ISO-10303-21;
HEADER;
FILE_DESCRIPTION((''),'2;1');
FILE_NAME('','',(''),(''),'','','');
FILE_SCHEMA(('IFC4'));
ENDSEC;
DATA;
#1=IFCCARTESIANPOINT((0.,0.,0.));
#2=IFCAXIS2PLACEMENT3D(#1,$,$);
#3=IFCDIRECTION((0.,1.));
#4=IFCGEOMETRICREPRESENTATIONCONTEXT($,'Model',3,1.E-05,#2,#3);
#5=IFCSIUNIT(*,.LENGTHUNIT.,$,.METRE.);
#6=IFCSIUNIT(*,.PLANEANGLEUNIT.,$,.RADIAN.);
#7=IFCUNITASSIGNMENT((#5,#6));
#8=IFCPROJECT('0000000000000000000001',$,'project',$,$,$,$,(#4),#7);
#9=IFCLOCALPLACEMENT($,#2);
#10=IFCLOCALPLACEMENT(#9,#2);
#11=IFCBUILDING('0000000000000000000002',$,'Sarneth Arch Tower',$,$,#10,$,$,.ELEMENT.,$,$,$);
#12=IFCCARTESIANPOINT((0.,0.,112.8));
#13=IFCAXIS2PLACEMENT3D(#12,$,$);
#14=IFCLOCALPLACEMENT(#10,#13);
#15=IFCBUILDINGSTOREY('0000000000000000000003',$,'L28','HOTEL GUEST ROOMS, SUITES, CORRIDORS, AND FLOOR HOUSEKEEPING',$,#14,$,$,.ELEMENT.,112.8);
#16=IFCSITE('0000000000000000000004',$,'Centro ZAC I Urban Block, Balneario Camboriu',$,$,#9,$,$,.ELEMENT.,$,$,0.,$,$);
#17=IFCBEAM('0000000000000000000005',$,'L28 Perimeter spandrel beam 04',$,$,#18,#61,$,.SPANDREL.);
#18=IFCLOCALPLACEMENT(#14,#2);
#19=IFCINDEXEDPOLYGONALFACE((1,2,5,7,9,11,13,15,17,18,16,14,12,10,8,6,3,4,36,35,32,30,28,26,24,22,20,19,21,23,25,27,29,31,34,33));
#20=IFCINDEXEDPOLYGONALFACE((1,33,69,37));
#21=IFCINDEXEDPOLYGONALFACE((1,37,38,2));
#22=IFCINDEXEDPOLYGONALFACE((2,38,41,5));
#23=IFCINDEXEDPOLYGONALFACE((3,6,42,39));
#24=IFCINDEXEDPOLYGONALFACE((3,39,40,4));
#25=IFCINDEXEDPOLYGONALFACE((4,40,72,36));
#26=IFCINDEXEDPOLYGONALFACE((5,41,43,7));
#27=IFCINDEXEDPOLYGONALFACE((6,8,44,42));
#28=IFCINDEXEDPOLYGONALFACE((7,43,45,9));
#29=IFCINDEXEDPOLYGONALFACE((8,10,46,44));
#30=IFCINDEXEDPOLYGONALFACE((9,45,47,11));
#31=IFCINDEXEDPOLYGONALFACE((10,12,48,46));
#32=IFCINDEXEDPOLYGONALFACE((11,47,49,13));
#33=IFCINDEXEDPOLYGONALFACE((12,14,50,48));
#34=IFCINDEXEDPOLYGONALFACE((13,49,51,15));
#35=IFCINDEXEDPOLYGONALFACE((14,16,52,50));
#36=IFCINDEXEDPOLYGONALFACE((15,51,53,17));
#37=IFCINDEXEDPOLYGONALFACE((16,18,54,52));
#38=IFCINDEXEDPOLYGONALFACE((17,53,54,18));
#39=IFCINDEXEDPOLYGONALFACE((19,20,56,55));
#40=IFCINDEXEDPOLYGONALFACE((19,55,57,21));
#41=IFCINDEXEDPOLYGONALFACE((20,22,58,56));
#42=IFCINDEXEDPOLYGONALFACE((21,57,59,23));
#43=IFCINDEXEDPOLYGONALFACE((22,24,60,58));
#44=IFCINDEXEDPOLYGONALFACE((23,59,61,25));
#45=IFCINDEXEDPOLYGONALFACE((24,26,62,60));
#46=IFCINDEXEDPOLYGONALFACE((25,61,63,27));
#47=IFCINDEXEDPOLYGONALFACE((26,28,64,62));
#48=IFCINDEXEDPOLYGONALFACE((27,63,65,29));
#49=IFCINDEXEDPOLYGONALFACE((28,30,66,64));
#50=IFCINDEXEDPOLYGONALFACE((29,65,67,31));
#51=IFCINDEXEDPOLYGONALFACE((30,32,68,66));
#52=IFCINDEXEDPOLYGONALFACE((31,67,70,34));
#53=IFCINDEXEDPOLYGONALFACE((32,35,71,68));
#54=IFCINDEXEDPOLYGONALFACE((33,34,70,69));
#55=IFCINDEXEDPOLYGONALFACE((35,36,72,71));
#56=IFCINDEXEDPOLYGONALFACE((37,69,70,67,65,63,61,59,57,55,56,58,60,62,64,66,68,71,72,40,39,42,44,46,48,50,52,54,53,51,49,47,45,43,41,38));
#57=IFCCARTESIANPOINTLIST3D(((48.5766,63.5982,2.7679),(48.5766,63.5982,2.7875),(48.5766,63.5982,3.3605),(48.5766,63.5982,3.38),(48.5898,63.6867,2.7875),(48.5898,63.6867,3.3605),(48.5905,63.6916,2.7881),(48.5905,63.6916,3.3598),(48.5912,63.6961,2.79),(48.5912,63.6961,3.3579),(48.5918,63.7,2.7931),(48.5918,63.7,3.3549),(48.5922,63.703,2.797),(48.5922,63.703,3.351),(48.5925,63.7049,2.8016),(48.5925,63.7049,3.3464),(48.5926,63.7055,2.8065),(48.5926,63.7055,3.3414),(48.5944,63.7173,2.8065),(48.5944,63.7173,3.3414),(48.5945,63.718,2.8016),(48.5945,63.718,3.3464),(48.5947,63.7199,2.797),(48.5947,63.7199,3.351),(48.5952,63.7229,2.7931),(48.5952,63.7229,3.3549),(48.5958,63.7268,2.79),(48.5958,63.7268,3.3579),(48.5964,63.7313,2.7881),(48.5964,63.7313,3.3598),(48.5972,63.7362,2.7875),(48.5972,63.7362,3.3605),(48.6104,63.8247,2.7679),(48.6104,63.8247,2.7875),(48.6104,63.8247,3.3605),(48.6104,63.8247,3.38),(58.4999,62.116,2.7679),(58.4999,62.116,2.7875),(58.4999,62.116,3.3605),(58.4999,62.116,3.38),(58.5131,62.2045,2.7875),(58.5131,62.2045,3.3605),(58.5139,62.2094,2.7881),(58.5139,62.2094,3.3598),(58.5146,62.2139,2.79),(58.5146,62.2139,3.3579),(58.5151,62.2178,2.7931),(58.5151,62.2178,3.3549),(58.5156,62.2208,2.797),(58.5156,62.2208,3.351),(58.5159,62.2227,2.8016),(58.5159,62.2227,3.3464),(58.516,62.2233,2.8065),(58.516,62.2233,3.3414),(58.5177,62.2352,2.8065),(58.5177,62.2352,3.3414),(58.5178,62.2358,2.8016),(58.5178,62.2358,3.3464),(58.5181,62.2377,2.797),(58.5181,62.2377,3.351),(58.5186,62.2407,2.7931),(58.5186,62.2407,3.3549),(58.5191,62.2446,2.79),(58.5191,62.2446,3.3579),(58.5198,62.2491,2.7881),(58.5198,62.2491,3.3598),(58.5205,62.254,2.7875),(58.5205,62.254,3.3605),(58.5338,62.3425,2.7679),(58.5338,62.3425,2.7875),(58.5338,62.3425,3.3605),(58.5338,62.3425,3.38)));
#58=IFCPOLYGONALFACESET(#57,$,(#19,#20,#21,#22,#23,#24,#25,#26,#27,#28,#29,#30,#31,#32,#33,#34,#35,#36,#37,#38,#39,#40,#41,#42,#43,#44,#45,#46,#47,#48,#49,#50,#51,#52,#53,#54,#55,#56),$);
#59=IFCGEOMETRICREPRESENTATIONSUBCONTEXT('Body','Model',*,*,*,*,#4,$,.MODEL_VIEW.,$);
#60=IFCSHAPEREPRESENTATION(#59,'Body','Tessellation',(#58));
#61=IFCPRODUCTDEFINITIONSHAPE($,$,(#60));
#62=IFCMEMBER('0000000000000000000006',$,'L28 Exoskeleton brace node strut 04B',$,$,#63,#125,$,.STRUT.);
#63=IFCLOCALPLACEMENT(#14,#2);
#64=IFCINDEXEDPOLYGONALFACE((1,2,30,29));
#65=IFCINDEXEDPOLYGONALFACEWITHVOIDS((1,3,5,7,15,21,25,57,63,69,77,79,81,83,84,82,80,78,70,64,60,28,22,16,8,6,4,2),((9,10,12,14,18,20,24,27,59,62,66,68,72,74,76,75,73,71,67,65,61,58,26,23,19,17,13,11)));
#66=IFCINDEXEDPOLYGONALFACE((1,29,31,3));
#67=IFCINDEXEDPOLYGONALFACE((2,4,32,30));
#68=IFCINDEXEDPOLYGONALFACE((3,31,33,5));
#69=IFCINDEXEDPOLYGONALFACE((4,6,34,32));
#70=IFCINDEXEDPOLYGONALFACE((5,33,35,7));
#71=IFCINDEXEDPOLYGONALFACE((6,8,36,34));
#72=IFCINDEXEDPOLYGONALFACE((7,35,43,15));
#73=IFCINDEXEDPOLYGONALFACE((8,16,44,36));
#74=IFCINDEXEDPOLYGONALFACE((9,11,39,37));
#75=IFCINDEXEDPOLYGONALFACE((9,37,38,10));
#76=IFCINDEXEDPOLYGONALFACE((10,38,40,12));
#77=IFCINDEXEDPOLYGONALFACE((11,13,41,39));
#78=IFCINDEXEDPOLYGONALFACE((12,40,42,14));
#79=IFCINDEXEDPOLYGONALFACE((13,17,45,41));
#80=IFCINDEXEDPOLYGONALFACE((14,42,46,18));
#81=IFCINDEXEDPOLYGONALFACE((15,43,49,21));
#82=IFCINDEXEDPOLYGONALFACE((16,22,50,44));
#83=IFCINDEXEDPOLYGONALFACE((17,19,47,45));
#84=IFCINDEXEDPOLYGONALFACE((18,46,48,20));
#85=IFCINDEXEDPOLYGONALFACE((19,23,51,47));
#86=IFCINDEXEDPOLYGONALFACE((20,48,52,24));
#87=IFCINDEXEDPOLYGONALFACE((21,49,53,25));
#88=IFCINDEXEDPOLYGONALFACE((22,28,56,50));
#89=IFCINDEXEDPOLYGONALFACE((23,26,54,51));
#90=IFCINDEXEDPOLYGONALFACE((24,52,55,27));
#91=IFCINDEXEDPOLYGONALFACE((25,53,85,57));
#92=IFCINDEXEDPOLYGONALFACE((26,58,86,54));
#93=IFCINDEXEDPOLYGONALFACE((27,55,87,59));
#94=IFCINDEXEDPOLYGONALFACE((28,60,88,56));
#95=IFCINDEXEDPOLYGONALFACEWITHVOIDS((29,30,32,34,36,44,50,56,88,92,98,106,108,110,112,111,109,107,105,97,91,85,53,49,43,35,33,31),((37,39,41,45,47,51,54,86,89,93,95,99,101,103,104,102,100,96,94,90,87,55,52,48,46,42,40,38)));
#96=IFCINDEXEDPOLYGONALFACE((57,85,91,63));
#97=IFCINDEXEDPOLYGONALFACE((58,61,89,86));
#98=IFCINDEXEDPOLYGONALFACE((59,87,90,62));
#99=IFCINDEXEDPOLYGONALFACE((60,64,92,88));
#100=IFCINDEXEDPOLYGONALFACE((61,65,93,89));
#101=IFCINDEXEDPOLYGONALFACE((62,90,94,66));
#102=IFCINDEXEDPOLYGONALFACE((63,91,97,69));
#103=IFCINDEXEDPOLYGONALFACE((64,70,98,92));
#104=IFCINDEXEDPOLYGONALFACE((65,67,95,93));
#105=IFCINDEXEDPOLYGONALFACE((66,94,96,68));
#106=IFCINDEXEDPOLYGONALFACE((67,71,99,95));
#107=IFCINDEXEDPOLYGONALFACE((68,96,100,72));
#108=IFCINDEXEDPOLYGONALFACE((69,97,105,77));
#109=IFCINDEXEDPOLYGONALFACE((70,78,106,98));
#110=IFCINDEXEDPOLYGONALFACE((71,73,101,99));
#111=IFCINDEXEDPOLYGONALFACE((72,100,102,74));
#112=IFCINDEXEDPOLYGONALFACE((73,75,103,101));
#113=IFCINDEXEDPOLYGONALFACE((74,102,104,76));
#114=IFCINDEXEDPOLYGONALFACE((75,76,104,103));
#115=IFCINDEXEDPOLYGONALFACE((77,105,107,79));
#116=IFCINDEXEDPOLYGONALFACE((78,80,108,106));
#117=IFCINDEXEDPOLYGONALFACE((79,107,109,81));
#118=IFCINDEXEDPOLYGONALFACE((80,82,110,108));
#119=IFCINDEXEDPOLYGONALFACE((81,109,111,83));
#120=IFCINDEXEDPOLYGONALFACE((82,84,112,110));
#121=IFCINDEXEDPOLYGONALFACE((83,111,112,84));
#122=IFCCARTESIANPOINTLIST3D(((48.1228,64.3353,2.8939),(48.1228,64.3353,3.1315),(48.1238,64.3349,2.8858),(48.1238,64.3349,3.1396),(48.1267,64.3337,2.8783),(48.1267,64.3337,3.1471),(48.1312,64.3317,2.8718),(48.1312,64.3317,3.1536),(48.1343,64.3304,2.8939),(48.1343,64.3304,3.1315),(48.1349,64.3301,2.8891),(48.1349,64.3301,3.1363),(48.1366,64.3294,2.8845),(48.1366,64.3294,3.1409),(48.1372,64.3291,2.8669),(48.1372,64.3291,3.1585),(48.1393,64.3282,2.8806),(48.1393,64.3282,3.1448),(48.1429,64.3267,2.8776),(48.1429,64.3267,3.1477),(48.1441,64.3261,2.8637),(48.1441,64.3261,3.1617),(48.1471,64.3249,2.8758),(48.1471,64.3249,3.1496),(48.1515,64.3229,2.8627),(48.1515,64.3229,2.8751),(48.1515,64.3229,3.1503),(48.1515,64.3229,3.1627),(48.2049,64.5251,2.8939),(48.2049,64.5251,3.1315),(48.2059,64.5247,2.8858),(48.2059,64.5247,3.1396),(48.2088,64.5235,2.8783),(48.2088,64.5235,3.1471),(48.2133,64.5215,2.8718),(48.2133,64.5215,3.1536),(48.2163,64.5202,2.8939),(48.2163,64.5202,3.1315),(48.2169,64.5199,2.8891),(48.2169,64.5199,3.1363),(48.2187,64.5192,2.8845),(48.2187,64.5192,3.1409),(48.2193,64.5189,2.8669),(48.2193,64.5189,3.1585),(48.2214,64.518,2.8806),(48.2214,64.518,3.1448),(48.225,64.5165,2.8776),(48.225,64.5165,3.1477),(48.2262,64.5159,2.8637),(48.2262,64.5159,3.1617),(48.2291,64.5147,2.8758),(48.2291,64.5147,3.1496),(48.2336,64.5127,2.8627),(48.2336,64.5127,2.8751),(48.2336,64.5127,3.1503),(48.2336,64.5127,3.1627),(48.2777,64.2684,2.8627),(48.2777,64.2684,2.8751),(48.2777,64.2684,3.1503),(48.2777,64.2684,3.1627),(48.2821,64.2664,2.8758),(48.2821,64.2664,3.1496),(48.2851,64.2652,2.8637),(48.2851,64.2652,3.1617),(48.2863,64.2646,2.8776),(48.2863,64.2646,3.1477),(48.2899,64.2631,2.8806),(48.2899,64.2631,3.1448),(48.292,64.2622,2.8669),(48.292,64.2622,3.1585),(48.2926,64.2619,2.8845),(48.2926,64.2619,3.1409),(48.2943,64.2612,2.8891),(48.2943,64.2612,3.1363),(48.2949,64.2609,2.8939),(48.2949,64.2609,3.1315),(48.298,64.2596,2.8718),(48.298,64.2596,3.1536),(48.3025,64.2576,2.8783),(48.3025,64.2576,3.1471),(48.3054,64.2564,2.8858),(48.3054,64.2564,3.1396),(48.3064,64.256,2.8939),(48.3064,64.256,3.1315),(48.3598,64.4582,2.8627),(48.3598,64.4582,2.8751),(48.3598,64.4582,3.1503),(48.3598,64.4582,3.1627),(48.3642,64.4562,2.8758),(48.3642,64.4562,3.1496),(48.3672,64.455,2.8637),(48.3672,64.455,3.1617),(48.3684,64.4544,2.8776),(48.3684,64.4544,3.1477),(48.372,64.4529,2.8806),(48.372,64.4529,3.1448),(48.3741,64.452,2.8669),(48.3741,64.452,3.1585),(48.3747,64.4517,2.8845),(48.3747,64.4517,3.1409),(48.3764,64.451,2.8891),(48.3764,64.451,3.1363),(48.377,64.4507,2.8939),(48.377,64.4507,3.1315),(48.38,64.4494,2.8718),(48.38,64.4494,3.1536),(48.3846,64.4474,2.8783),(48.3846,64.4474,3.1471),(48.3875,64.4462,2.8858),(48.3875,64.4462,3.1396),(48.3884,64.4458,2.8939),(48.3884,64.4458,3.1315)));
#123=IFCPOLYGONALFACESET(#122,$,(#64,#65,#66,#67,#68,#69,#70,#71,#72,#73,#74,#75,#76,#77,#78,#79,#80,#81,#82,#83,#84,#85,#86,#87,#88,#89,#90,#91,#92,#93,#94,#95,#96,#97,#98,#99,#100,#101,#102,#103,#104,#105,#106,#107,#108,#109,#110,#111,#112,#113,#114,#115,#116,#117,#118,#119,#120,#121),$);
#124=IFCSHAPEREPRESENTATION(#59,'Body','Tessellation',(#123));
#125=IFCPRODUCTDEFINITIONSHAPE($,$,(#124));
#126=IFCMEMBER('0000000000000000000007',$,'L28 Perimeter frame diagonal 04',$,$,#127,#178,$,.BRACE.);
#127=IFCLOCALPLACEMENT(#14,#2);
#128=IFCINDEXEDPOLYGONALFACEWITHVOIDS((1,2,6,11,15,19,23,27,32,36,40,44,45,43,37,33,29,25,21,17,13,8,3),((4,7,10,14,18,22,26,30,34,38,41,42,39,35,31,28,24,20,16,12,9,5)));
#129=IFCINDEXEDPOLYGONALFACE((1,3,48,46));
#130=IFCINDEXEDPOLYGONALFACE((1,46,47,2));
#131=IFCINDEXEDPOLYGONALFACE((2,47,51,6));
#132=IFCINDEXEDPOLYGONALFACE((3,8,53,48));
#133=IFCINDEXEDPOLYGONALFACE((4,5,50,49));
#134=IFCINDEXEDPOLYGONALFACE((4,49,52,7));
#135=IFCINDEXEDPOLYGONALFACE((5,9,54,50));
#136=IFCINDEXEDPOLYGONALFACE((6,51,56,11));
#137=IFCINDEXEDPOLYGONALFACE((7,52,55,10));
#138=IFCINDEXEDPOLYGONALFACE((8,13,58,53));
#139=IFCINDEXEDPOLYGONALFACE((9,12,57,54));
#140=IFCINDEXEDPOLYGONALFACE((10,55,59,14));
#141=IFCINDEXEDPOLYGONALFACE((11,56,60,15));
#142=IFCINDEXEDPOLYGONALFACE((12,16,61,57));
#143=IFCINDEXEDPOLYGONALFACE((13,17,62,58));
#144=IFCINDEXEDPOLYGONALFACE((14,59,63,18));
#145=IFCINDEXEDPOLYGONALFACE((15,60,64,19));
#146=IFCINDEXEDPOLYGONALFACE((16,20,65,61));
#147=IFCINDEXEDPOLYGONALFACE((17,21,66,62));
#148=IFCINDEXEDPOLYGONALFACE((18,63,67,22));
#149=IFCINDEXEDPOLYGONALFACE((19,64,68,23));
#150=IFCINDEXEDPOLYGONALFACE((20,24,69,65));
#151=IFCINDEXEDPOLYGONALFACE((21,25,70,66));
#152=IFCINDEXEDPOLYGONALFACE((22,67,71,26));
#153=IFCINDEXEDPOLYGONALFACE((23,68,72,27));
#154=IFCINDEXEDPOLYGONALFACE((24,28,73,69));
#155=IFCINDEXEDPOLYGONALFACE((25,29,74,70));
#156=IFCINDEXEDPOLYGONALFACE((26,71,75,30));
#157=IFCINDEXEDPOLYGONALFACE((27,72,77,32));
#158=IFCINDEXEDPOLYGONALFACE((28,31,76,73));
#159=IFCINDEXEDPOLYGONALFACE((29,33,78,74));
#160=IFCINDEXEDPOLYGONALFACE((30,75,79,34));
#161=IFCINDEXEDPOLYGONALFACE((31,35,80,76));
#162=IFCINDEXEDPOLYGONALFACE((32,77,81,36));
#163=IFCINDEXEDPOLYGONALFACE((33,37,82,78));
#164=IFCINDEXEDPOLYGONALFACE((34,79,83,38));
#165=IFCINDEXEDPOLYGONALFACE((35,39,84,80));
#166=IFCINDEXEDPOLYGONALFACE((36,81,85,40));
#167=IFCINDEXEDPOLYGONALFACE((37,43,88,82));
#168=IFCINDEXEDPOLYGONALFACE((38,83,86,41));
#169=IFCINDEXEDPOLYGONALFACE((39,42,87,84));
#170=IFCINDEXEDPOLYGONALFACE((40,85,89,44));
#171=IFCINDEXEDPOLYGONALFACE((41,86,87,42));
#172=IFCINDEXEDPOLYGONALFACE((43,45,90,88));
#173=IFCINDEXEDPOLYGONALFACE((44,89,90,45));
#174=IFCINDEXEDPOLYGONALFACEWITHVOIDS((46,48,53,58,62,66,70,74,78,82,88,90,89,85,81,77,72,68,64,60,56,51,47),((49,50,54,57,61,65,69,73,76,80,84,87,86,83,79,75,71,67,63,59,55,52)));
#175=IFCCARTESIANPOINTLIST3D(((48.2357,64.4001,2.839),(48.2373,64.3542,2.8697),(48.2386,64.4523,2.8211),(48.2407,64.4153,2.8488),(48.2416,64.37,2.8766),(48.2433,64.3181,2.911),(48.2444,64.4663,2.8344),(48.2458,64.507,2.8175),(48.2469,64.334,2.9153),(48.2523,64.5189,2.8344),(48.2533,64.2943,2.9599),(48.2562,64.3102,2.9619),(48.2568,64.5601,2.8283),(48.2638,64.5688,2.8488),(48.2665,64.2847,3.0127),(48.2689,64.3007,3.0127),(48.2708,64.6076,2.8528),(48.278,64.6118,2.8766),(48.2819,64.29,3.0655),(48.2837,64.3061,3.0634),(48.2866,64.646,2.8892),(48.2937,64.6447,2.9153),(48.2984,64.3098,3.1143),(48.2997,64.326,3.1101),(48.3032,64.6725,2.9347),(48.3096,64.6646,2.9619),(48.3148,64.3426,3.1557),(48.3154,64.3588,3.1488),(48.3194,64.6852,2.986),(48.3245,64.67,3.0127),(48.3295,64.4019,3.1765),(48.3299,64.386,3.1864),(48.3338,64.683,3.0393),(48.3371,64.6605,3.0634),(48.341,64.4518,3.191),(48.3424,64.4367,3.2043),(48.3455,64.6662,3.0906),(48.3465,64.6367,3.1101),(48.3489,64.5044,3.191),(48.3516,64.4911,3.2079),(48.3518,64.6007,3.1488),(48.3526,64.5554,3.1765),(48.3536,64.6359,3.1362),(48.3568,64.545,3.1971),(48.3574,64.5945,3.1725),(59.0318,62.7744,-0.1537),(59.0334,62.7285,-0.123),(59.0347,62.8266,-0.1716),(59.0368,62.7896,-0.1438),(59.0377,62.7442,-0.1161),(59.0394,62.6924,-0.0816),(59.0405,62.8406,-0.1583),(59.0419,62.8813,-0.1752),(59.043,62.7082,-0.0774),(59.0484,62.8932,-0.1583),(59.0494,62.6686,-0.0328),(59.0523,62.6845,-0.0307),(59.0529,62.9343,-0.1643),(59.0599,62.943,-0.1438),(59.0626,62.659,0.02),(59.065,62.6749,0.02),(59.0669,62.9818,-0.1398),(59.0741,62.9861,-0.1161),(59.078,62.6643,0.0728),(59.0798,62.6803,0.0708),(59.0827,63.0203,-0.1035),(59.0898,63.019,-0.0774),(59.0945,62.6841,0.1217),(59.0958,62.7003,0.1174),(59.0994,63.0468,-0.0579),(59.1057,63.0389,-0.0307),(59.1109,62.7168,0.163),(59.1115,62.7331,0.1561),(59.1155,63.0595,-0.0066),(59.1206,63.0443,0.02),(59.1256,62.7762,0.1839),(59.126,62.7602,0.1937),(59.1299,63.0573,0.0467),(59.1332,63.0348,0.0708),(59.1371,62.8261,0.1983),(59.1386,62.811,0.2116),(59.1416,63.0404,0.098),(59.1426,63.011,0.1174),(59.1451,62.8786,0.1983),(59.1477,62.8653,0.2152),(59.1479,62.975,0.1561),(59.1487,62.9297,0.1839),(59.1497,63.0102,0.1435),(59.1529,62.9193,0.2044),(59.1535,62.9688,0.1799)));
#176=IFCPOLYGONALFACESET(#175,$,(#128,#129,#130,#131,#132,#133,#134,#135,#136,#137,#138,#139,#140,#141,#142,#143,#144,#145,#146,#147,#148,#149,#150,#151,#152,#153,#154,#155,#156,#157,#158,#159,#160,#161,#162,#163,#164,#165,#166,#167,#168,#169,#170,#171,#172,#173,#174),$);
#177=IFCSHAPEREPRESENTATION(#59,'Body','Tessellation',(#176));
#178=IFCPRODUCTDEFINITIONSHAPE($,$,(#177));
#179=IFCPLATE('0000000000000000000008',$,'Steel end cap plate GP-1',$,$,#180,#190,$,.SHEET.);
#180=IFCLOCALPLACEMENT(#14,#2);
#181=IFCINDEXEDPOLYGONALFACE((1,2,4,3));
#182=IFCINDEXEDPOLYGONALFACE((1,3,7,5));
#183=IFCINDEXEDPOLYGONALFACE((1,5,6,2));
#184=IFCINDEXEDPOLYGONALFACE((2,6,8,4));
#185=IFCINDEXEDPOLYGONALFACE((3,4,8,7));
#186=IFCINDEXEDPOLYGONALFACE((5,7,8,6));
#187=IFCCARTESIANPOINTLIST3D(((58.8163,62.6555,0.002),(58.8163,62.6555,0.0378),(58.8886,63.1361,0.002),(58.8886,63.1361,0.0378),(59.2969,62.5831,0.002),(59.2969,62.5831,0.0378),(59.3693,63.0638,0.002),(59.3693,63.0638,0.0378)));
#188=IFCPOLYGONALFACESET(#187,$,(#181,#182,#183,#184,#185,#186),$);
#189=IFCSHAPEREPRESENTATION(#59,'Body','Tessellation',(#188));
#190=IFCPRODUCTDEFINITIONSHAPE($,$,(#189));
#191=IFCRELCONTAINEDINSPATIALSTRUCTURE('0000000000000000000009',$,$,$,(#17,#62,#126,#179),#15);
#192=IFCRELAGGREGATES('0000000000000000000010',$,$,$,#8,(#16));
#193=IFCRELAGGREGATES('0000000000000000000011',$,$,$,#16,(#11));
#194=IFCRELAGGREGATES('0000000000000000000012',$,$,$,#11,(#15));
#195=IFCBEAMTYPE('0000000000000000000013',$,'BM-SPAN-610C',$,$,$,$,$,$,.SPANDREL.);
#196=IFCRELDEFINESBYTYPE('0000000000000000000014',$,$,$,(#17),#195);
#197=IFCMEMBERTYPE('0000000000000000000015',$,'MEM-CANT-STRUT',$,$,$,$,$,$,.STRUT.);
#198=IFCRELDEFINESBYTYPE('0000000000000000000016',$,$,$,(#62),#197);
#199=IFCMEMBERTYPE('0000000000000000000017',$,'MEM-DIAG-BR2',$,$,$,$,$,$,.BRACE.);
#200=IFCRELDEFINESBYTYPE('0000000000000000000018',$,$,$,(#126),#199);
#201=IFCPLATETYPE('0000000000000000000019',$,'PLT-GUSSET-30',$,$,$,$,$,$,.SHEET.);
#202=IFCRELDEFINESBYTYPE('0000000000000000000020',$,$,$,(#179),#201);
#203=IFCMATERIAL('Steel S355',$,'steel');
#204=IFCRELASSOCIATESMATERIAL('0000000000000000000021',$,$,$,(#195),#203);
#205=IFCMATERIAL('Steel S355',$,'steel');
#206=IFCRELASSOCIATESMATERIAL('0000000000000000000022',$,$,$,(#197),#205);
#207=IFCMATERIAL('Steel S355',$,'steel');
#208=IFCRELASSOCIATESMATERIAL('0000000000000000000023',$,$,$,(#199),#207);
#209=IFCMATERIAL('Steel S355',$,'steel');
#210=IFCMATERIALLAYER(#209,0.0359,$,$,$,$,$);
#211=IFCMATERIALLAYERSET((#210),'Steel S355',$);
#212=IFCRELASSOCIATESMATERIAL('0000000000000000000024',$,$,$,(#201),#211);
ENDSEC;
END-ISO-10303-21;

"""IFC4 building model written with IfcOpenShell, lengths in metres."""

from ifc_helpers import new_model, si_unit, direction, frame, origin, origin_2d, place, context, subcontext, project, spatial, rectangle, hollow_rectangle, hollow_circle, i_section, extrude, material, layer, layer_set, material_profile, profile_set, type_object, element, save


model = new_model("IFC4")

# Units and contexts
model_context = context("Model", 3, precision=1e-05, world=origin(), true_north=direction((0.0, 1.0)))
body_context = subcontext(model_context, "Body", "Model", "MODEL_VIEW")
ifc_project = project(units=[si_unit("LENGTHUNIT", "METRE"), si_unit("PLANEANGLEUNIT", "RADIAN")], contexts=[model_context])

# Site, building, storey
site_placement = place(None, origin())
site = spatial("IfcSite", under=ifc_project, at=site_placement, Name="Centro ZAC I Urban Block, Balneario Camboriu", CompositionType="ELEMENT", RefElevation=0.0)
building_placement = place(site_placement, origin())
building = spatial("IfcBuilding", under=site, at=building_placement, Name="Sarneth Arch Tower", CompositionType="ELEMENT")
storey_placement = place(building_placement, frame((0.0, 0.0, 112.8)))
storey = spatial("IfcBuildingStorey", under=building, at=storey_placement, Name="L28", Description="HOTEL GUEST ROOMS, SUITES, CORRIDORS, AND FLOOR HOUSEKEEPING", CompositionType="ELEMENT", Elevation=112.8)

# Beam
ifc_material_1 = material(Name="Steel S355", Category="steel")
ifc_material_profile_1 = material_profile(ifc_material_1, i_section(OverallWidth=0.229, OverallDepth=0.6121, WebThickness=0.012, FlangeThickness=0.0195, FilletRadius=0.019, at=origin_2d()), Name="W610x125")
ifc_profile_set_1 = profile_set([ifc_material_profile_1], Name="Steel S355")
beam_type_1 = type_object("IfcBeamType", Name="BM-SPAN-610C", PredefinedType="SPANDREL", material=ifc_profile_set_1)
beam_1_placement = place(storey_placement, frame((58.5168, 62.2292, 3.074), z_axis=(-0.989029, 0.147724, 0.0), x_axis=(-0.147724, -0.989029, 0.0)))
element("IfcBeam", 1, at=beam_1_placement, inside=storey, type_object=beam_type_1, Name="L28 Perimeter spandrel beam 04", PredefinedType="SPANDREL", context=body_context, shape_type="SweptSolid", body=[
    extrude(i_section(OverallWidth=0.229, OverallDepth=0.6121, WebThickness=0.012, FlangeThickness=0.0195, FilletRadius=0.019, at=origin_2d()), origin(), (0.0, 0.0, 1.0), 10.0334),
])

# Members
ifc_material_2 = material(Name="Steel S355", Category="steel")
ifc_material_profile_2 = material_profile(ifc_material_2, hollow_rectangle(XDim=0.2, YDim=0.3, WallThickness=0.0125, InnerFilletRadius=0.0188, OuterFilletRadius=0.0312, at=origin_2d()), Name="RHS300x200x12.5")
ifc_profile_set_2 = profile_set([ifc_material_profile_2], Name="Steel S355")
member_type_1 = type_object("IfcMemberType", Name="MEM-CANT-STRUT", PredefinedType="STRUT", material=ifc_profile_set_2)
member_1_placement = place(storey_placement, frame((48.2146, 64.2957, 3.0127), z_axis=(0.396911, 0.917857, 0.0), x_axis=(-0.917857, 0.396911, 0.0)))
element("IfcMember", 2, at=member_1_placement, inside=storey, type_object=member_type_1, Name="L28 Exoskeleton brace node strut 04B", PredefinedType="STRUT", context=body_context, shape_type="SweptSolid", body=[
    extrude(hollow_rectangle(XDim=0.2, YDim=0.3, WallThickness=0.0125, InnerFilletRadius=0.0188, OuterFilletRadius=0.0312, at=origin_2d()), origin(), (0.0, 0.0, 1.0), 0.2068),
])
ifc_material_3 = material(Name="Steel S355", Category="steel")
ifc_material_profile_3 = material_profile(ifc_material_3, hollow_circle(Radius=0.2029, WallThickness=0.0161, at=origin_2d()), Name="CHS406x16")
ifc_profile_set_3 = profile_set([ifc_material_profile_3], Name="Steel S355")
member_type_2 = type_object("IfcMemberType", Name="MEM-DIAG-BR2", PredefinedType="BRACE", material=ifc_profile_set_3)
member_2_placement = place(storey_placement, frame((59.0928, 62.8596, 0.02), z_axis=(-0.953673, 0.143608, 0.264357), x_axis=(-0.148906, -0.988851, 0.0)))
element("IfcMember", 3, at=member_2_placement, inside=storey, type_object=member_type_2, Name="L28 Perimeter frame diagonal 04", PredefinedType="BRACE", context=body_context, shape_type="SweptSolid", body=[
    extrude(hollow_circle(Radius=0.2029, WallThickness=0.0161, at=origin_2d()), origin(), (0.0, 0.0, 1.0), 11.3206),
])

# Plate
ifc_material_4 = material(Name="Steel S355", Category="steel")
ifc_layer_1 = layer(ifc_material_4, 0.0359)
ifc_layer_set_1 = layer_set([ifc_layer_1], Name="Steel S355")
plate_type = type_object("IfcPlateType", Name="PLT-GUSSET-30", PredefinedType="SHEET", material=ifc_layer_set_1)
for number, where, z_axis, x_axis, name in (
    (4, (59.0928, 62.8596, 0.002), (0.0, 0.0, 1.0), (-0.988861, 0.148845, 0.0), "Steel end cap plate GP-1"),
):
    element("IfcPlate", number, at=place(storey_placement, frame(where, z_axis=z_axis, x_axis=x_axis)), inside=storey, type_object=plate_type, Name=name, PredefinedType="SHEET", context=body_context, shape_type="SweptSolid", body=[
        extrude(rectangle(XDim=0.4861, YDim=0.4861, at=origin_2d()), origin(), (0.0, 0.0, 1.0), 0.0359),
    ])

save(model, "model.ifc")
